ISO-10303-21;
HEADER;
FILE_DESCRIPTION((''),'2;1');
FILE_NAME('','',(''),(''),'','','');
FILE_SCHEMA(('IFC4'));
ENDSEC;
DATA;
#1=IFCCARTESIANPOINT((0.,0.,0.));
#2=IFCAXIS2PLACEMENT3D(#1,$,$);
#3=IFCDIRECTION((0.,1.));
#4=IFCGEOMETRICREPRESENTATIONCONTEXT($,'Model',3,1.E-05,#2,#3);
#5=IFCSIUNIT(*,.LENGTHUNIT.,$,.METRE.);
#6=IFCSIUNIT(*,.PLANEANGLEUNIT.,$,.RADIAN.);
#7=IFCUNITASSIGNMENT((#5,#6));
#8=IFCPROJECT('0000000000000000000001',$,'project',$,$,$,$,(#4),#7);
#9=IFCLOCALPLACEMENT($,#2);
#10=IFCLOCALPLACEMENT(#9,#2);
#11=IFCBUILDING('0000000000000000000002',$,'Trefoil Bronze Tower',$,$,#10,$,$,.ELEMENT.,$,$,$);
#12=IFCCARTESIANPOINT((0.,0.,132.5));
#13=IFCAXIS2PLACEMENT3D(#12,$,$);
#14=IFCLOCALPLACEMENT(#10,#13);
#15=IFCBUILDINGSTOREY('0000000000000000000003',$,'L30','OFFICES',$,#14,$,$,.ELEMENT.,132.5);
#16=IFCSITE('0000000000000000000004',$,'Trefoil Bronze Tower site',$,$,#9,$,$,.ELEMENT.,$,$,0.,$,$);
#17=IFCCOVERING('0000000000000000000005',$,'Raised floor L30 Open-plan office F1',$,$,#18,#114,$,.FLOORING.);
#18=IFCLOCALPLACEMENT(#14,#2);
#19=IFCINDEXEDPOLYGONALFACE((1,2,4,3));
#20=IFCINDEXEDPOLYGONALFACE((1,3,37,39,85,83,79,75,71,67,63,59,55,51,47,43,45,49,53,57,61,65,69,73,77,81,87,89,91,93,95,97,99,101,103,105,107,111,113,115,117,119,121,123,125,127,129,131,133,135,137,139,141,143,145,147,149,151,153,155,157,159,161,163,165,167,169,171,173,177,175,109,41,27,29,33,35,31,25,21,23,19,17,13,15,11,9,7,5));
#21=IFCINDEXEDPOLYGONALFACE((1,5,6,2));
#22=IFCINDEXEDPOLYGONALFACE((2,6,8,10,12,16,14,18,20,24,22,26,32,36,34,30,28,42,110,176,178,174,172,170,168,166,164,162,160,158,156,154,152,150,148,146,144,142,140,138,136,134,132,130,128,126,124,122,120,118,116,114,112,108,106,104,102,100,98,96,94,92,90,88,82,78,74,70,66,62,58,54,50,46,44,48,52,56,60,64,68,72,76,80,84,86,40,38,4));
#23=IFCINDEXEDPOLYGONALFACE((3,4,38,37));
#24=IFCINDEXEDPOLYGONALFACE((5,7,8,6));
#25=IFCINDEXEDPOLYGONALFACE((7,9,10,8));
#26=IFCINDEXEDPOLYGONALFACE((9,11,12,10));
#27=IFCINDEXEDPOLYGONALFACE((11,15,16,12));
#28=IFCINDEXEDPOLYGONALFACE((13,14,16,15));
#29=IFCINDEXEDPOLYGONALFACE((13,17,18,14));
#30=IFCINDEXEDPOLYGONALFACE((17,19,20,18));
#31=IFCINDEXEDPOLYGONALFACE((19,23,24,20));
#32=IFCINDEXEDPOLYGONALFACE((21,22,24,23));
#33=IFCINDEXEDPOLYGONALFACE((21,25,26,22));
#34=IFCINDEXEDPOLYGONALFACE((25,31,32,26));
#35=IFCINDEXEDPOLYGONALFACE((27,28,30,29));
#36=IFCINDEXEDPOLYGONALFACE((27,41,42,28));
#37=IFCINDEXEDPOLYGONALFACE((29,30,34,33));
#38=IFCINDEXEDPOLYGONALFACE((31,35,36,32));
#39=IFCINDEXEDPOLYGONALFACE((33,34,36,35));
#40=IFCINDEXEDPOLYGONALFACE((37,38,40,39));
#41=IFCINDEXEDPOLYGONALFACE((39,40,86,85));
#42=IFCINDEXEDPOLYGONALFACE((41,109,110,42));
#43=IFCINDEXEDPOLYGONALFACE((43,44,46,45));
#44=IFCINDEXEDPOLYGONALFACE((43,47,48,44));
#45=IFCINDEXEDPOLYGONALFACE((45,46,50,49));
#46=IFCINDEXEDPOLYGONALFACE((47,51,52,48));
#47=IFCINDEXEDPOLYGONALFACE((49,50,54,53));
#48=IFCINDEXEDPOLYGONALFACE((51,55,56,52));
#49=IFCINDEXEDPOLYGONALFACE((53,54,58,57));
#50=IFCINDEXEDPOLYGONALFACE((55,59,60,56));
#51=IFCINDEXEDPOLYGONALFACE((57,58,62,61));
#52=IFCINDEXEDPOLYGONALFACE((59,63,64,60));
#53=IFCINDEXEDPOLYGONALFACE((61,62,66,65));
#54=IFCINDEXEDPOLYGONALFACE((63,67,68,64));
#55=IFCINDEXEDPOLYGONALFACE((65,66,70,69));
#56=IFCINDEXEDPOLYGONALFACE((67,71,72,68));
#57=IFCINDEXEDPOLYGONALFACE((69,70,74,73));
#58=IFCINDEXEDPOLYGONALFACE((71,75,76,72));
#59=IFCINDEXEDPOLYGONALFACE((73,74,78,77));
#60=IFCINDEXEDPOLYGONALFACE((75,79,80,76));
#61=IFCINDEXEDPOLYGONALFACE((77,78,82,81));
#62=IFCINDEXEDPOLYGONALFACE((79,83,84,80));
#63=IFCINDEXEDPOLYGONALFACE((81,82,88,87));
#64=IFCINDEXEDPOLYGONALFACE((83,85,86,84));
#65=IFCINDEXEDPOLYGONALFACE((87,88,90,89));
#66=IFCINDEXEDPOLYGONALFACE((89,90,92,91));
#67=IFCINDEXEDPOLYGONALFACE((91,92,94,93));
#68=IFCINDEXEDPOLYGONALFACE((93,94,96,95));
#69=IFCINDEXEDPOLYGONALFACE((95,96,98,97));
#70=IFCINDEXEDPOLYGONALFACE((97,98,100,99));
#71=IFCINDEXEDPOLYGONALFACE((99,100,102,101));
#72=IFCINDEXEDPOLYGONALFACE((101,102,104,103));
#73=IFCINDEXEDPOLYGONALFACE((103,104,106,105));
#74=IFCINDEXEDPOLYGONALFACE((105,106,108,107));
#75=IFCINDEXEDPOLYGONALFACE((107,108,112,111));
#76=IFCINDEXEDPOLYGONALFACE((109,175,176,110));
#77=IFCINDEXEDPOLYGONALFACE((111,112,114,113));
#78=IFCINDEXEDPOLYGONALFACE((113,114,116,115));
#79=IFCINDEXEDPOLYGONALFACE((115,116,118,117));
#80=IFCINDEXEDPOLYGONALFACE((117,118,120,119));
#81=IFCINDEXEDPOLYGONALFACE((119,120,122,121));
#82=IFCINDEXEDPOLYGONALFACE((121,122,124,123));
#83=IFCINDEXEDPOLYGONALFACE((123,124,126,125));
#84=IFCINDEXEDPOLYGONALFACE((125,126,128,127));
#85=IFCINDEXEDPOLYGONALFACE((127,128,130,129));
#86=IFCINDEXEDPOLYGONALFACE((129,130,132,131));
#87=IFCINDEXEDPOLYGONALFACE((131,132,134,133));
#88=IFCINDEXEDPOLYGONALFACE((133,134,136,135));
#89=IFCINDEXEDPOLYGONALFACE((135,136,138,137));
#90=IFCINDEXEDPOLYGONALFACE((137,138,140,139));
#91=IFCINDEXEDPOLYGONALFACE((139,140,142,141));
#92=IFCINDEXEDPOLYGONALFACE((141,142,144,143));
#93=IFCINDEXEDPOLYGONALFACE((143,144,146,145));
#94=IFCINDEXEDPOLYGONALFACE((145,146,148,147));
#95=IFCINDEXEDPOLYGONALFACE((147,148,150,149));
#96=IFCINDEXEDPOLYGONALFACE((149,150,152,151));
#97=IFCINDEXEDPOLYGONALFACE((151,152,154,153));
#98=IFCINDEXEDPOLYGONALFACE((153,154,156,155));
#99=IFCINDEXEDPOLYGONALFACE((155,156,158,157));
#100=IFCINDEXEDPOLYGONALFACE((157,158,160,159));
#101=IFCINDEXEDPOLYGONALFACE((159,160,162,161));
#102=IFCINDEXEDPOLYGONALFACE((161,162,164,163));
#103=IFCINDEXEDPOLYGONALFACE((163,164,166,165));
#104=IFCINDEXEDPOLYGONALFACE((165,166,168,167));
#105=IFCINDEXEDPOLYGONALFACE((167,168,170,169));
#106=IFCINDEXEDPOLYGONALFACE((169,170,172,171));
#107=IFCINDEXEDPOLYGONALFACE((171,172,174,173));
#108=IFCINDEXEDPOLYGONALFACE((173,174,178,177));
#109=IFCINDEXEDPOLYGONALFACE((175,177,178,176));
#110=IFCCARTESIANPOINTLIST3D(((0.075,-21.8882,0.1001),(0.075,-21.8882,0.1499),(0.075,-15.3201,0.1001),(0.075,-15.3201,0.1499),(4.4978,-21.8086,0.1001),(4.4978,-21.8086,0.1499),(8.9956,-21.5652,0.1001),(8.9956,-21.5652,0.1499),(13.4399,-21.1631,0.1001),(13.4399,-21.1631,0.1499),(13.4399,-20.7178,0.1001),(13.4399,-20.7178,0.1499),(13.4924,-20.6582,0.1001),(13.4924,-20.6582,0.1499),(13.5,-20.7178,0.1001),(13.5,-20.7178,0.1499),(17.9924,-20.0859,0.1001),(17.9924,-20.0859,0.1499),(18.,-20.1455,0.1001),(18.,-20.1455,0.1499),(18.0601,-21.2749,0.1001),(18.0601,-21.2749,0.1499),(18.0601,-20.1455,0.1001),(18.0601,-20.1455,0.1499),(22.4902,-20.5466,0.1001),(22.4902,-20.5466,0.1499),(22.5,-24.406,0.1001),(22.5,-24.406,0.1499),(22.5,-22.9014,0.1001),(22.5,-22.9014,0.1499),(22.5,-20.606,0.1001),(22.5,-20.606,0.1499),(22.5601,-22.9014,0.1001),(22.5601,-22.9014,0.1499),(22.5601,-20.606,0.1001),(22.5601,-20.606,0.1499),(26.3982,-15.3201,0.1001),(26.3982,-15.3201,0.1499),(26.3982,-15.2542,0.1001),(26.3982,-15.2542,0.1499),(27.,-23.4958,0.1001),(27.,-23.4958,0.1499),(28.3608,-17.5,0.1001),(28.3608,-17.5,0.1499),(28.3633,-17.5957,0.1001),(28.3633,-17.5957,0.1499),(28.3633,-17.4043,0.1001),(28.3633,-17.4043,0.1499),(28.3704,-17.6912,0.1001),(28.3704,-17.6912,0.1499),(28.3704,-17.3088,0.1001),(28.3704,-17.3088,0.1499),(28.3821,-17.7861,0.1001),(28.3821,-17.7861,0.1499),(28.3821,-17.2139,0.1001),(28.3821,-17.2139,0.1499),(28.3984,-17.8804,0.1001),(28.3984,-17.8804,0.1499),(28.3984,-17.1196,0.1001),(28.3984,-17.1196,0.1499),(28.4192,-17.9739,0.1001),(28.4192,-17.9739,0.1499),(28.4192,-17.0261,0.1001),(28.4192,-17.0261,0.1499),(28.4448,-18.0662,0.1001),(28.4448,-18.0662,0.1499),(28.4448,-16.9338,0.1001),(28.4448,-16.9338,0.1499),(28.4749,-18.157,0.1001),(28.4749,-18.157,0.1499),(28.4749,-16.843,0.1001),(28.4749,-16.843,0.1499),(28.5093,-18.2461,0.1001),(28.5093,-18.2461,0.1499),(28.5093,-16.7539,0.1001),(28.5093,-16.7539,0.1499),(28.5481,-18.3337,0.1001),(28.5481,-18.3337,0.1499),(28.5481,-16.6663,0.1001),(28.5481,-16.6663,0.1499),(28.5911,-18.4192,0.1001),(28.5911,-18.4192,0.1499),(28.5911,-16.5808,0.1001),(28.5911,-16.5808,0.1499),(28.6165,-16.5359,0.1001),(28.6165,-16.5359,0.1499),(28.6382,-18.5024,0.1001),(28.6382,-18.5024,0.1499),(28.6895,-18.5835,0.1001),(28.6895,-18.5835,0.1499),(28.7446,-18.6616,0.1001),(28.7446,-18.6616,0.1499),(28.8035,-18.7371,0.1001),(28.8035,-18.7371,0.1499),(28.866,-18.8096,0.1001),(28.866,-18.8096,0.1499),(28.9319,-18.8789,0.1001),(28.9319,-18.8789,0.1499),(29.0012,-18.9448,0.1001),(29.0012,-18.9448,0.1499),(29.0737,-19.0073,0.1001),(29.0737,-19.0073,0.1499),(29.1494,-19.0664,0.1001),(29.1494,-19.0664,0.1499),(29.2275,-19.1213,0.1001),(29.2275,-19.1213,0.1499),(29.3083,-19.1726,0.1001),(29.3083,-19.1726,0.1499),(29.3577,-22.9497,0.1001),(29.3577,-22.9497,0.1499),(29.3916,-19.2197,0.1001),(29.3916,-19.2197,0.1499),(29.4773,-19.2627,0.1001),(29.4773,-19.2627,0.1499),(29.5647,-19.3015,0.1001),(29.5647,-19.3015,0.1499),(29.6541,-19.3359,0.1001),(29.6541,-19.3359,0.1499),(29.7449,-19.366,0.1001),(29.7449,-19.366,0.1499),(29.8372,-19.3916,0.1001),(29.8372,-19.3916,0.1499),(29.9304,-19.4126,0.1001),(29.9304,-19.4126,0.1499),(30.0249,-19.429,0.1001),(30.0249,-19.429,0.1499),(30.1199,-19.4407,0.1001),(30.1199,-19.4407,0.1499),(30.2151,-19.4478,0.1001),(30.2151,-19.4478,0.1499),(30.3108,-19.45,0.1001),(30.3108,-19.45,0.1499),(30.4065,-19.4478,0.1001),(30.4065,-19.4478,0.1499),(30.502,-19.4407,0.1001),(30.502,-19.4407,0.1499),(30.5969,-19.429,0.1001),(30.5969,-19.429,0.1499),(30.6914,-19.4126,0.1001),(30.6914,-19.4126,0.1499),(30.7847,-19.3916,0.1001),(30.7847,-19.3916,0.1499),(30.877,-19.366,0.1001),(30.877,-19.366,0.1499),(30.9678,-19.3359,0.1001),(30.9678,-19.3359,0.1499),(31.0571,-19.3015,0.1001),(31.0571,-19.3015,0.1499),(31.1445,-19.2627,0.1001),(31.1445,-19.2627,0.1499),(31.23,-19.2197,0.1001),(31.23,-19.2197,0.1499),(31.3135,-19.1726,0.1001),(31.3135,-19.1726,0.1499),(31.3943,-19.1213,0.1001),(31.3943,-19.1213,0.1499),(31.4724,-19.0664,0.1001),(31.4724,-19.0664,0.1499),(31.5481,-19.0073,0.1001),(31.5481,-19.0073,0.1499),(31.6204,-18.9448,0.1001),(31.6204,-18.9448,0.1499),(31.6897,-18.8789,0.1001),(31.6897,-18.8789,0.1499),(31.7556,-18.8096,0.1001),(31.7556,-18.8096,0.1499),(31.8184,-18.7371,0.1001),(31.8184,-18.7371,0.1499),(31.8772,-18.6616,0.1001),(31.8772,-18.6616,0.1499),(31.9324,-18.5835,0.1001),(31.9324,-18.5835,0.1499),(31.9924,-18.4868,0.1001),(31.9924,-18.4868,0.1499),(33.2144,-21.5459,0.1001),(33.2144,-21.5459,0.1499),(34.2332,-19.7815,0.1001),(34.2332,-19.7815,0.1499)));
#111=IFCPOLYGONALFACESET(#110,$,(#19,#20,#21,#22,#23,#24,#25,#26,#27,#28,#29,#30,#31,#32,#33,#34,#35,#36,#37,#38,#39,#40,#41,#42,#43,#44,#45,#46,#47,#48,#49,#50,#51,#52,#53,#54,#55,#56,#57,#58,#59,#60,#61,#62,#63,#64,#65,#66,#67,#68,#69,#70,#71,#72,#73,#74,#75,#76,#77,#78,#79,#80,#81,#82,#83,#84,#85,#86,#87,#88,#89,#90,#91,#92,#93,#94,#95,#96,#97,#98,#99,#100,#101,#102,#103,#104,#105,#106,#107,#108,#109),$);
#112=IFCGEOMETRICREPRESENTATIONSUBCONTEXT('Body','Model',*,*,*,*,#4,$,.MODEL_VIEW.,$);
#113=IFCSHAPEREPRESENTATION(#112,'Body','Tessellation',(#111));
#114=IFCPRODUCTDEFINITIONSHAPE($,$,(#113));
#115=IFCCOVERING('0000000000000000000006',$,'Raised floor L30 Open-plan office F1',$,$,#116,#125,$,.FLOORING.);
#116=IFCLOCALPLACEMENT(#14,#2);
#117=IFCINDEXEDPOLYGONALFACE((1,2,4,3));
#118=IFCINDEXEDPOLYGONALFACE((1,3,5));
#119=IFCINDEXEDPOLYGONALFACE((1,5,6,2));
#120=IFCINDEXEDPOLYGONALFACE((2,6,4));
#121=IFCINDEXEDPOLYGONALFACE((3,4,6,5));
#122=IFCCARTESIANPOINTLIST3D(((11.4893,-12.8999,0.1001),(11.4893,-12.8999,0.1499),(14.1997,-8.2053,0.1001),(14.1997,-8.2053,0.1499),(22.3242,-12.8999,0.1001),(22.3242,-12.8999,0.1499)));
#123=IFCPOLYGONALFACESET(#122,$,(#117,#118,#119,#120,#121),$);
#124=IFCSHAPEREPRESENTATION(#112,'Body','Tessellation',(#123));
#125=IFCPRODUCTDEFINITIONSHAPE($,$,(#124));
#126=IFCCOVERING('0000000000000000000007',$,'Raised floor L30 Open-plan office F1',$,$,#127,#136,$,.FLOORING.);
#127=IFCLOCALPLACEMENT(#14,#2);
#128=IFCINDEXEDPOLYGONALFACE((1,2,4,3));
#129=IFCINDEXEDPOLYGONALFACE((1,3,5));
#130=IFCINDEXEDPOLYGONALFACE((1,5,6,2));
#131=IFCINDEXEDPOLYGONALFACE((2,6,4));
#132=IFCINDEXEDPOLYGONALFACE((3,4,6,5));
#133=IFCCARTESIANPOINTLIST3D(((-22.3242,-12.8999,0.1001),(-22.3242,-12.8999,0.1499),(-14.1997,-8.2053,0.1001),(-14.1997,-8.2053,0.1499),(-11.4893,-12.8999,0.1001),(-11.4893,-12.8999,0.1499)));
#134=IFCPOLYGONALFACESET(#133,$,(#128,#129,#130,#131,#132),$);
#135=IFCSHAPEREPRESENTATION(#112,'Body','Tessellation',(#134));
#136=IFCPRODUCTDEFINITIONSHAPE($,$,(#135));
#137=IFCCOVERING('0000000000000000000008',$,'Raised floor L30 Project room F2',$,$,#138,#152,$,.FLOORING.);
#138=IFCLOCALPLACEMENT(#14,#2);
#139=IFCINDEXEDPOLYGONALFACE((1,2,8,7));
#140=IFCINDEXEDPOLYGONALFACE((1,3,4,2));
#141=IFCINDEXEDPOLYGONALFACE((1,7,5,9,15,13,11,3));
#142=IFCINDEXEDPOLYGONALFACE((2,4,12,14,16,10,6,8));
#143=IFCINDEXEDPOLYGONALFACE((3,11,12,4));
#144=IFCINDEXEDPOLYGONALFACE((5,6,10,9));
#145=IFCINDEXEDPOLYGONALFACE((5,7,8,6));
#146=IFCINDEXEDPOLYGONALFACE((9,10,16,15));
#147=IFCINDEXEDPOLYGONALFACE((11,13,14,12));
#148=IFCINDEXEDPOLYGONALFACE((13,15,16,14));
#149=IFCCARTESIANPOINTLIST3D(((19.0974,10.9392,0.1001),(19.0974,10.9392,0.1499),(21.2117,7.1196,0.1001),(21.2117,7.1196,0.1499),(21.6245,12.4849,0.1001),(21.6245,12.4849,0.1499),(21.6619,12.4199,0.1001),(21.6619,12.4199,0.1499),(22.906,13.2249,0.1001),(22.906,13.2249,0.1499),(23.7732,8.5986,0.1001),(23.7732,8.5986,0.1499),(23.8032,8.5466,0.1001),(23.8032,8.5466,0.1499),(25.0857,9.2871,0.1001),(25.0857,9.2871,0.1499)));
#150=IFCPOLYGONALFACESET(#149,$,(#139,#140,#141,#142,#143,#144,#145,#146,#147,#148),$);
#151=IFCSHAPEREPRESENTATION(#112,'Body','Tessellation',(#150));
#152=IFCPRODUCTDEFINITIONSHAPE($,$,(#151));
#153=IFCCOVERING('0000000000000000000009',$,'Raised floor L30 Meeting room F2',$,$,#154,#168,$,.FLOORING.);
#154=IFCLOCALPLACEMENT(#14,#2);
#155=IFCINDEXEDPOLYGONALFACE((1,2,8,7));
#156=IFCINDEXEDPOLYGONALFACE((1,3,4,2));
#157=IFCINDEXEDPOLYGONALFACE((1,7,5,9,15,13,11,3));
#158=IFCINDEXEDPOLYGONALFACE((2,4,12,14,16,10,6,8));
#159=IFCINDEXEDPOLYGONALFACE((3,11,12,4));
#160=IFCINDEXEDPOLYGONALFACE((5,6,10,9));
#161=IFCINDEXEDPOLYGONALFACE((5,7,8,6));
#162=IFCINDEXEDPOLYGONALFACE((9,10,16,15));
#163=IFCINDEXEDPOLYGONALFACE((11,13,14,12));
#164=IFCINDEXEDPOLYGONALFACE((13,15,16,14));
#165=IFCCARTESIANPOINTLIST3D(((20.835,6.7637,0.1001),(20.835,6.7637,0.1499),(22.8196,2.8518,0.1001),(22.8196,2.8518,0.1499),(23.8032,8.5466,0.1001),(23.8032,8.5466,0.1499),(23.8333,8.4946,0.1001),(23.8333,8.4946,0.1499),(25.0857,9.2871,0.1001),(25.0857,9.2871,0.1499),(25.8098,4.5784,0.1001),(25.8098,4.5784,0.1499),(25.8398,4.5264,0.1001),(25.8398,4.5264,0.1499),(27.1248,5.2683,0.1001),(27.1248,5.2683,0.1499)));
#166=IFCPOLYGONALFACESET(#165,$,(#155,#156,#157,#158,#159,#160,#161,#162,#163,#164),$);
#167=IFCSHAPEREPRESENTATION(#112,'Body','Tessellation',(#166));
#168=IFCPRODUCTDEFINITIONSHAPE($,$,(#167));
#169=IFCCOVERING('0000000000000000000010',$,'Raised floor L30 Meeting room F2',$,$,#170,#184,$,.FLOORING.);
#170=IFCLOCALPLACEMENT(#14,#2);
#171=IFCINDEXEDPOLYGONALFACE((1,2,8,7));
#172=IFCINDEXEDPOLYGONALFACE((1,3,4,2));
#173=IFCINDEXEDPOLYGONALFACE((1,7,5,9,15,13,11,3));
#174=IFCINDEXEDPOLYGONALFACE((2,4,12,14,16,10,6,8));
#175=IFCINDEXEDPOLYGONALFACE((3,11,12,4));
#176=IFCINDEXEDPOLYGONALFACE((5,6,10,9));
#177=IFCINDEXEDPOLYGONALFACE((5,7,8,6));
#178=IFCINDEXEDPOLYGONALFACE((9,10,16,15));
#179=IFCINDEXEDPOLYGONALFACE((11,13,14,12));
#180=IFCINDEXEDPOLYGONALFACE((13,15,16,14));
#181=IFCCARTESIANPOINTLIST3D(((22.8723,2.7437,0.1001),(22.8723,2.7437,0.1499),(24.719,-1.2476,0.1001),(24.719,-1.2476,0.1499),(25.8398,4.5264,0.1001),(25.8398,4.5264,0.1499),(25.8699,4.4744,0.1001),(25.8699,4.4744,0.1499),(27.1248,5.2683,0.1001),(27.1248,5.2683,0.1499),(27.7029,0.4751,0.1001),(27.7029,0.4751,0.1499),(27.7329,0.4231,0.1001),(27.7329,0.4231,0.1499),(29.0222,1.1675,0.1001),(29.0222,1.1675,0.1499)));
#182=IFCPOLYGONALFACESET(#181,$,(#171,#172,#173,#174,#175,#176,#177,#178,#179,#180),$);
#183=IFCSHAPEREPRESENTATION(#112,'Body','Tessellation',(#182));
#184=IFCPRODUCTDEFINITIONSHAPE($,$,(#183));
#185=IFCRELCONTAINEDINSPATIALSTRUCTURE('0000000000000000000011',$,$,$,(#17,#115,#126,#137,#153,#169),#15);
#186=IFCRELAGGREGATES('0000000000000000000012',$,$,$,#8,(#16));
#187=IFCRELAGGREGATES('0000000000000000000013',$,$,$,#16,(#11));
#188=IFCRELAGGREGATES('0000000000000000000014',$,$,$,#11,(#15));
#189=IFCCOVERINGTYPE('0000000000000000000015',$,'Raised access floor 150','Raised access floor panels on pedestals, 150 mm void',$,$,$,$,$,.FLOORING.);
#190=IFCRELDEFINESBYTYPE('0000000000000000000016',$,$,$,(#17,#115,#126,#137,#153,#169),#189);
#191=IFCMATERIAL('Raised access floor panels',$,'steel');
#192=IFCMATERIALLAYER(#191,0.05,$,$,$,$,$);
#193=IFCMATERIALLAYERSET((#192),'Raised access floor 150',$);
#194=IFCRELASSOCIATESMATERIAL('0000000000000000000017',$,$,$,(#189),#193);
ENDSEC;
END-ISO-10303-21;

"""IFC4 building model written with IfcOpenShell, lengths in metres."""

from ifc_helpers import new_model, si_unit, direction, frame, origin, place, context, subcontext, project, spatial, polyline, outline, extrude, material, layer, layer_set, type_object, element, save


model = new_model("IFC4")

# Units and contexts
model_context = context("Model", 3, precision=1e-05, world=origin(), true_north=direction((0.0, 1.0)))
body_context = subcontext(model_context, "Body", "Model", "MODEL_VIEW")
ifc_project = project(units=[si_unit("LENGTHUNIT", "METRE"), si_unit("PLANEANGLEUNIT", "RADIAN")], contexts=[model_context])

# Site, building, storey
site_placement = place(None, origin())
site = spatial("IfcSite", under=ifc_project, at=site_placement, Name="Trefoil Bronze Tower site", CompositionType="ELEMENT", RefElevation=0.0)
building_placement = place(site_placement, origin())
building = spatial("IfcBuilding", under=site, at=building_placement, Name="Trefoil Bronze Tower", CompositionType="ELEMENT")
storey_placement = place(building_placement, frame((0.0, 0.0, 132.5)))
storey = spatial("IfcBuildingStorey", under=building, at=storey_placement, Name="L30", Description="OFFICES", CompositionType="ELEMENT", Elevation=132.5)

# Coverings
ifc_material_1 = material(Name="Raised access floor panels", Category="steel")
ifc_layer_1 = layer(ifc_material_1, 0.05)
ifc_layer_set_1 = layer_set([ifc_layer_1], Name="Raised access floor 150")
covering_type_1 = type_object("IfcCoveringType", Name="Raised access floor 150", Description="Raised access floor panels on pedestals, 150 mm void", PredefinedType="FLOORING", material=ifc_layer_set_1)
covering_1_placement = place(storey_placement, frame((0.0, 0.0, 0.1001)))
element("IfcCovering", 1, at=covering_1_placement, inside=storey, type_object=covering_type_1, Name="Raised floor L30 Open-plan office F1", PredefinedType="FLOORING", context=body_context, shape_type="SweptSolid", body=[
    extrude(outline(polyline([(22.5, -22.9014), (22.5601, -22.9014), (22.5601, -20.606), (22.5, -20.606), (22.4902, -20.5466), (18.0601, -21.2749), (18.0601, -20.1455), (18.0, -20.1455), (17.9924, -20.0859), (13.4924, -20.6582), (13.5, -20.7178), (13.4399, -20.7178), (13.4399, -21.1631), (8.9956, -21.5652), (4.4978, -21.8086), (0.075, -21.8882), (0.075, -15.3201), (26.3982, -15.3201), (26.3982, -15.2542), (28.6165, -16.5359), (28.5911, -16.5808), (28.5481, -16.6663), (28.5093, -16.7539), (28.4749, -16.843), (28.4448, -16.9338), (28.4192, -17.0261), (28.3984, -17.1196), (28.3821, -17.2139), (28.3704, -17.3088), (28.3633, -17.4043), (28.3608, -17.5), (28.3633, -17.5957), (28.3704, -17.6912), (28.3821, -17.7861), (28.3984, -17.8804), (28.4192, -17.9739), (28.4448, -18.0662), (28.4749, -18.157), (28.5093, -18.2461), (28.5481, -18.3337), (28.5911, -18.4192), (28.6382, -18.5024), (28.6895, -18.5835), (28.7446, -18.6616), (28.8035, -18.7371), (28.866, -18.8096), (28.9319, -18.8789), (29.0012, -18.9448), (29.0737, -19.0073), (29.1494, -19.0664), (29.2275, -19.1213), (29.3083, -19.1726), (29.3916, -19.2197), (29.4773, -19.2627), (29.5647, -19.3015), (29.6541, -19.3359), (29.7449, -19.366), (29.8372, -19.3916), (29.9304, -19.4126), (30.0249, -19.429), (30.1199, -19.4407), (30.2151, -19.4478), (30.3108, -19.45), (30.4065, -19.4478), (30.502, -19.4407), (30.5969, -19.429), (30.6914, -19.4126), (30.7847, -19.3916), (30.877, -19.366), (30.9678, -19.3359), (31.0571, -19.3015), (31.1445, -19.2627), (31.23, -19.2197), (31.3135, -19.1726), (31.3943, -19.1213), (31.4724, -19.0664), (31.5481, -19.0073), (31.6204, -18.9448), (31.6897, -18.8789), (31.7556, -18.8096), (31.8184, -18.7371), (31.8772, -18.6616), (31.9324, -18.5835), (31.9924, -18.4868), (34.2332, -19.7815), (33.2144, -21.5459), (29.3577, -22.9497), (27.0, -23.4958), (22.5, -24.406), (22.5, -22.9014)])), origin(), (0.0, 0.0, 1.0), 0.0498),
])
covering_2_placement = place(storey_placement, frame((0.0, 0.0, 0.1001)))
element("IfcCovering", 2, at=covering_2_placement, inside=storey, type_object=covering_type_1, Name="Raised floor L30 Open-plan office F1", PredefinedType="FLOORING", context=body_context, shape_type="SweptSolid", body=[
    extrude(outline(polyline([(11.4893, -12.8999), (14.1997, -8.2053), (22.3242, -12.8999), (11.4893, -12.8999)])), origin(), (0.0, 0.0, 1.0), 0.0498),
])
covering_3_placement = place(storey_placement, frame((0.0, 0.0, 0.1001)))
element("IfcCovering", 3, at=covering_3_placement, inside=storey, type_object=covering_type_1, Name="Raised floor L30 Open-plan office F1", PredefinedType="FLOORING", context=body_context, shape_type="SweptSolid", body=[
    extrude(outline(polyline([(-22.3242, -12.8999), (-14.1997, -8.2053), (-11.4893, -12.8999), (-22.3242, -12.8999)])), origin(), (0.0, 0.0, 1.0), 0.0498),
])
covering_4_placement = place(storey_placement, frame((0.0, 0.0, 0.1001)))
element("IfcCovering", 4, at=covering_4_placement, inside=storey, type_object=covering_type_1, Name="Raised floor L30 Project room F2", PredefinedType="FLOORING", context=body_context, shape_type="SweptSolid", body=[
    extrude(outline(polyline([(22.906, 13.2249), (25.0857, 9.2871), (23.8032, 8.5466), (23.7732, 8.5986), (21.2117, 7.1196), (19.0974, 10.9392), (21.6619, 12.4199), (21.6245, 12.4849), (22.906, 13.2249)])), origin(), (0.0, 0.0, 1.0), 0.0498),
])
covering_5_placement = place(storey_placement, frame((0.0, 0.0, 0.1001)))
element("IfcCovering", 5, at=covering_5_placement, inside=storey, type_object=covering_type_1, Name="Raised floor L30 Meeting room F2", PredefinedType="FLOORING", context=body_context, shape_type="SweptSolid", body=[
    extrude(outline(polyline([(25.0857, 9.2871), (27.1248, 5.2683), (25.8398, 4.5264), (25.8098, 4.5784), (22.8196, 2.8518), (20.835, 6.7637), (23.8333, 8.4946), (23.8032, 8.5466), (25.0857, 9.2871)])), origin(), (0.0, 0.0, 1.0), 0.0498),
])
covering_6_placement = place(storey_placement, frame((0.0, 0.0, 0.1001)))
element("IfcCovering", 6, at=covering_6_placement, inside=storey, type_object=covering_type_1, Name="Raised floor L30 Meeting room F2", PredefinedType="FLOORING", context=body_context, shape_type="SweptSolid", body=[
    extrude(outline(polyline([(27.1248, 5.2683), (29.0222, 1.1675), (27.7329, 0.4231), (27.7029, 0.4751), (24.719, -1.2476), (22.8723, 2.7437), (25.8699, 4.4744), (25.8398, 4.5264), (27.1248, 5.2683)])), origin(), (0.0, 0.0, 1.0), 0.0498),
])

save(model, "model.ifc")
